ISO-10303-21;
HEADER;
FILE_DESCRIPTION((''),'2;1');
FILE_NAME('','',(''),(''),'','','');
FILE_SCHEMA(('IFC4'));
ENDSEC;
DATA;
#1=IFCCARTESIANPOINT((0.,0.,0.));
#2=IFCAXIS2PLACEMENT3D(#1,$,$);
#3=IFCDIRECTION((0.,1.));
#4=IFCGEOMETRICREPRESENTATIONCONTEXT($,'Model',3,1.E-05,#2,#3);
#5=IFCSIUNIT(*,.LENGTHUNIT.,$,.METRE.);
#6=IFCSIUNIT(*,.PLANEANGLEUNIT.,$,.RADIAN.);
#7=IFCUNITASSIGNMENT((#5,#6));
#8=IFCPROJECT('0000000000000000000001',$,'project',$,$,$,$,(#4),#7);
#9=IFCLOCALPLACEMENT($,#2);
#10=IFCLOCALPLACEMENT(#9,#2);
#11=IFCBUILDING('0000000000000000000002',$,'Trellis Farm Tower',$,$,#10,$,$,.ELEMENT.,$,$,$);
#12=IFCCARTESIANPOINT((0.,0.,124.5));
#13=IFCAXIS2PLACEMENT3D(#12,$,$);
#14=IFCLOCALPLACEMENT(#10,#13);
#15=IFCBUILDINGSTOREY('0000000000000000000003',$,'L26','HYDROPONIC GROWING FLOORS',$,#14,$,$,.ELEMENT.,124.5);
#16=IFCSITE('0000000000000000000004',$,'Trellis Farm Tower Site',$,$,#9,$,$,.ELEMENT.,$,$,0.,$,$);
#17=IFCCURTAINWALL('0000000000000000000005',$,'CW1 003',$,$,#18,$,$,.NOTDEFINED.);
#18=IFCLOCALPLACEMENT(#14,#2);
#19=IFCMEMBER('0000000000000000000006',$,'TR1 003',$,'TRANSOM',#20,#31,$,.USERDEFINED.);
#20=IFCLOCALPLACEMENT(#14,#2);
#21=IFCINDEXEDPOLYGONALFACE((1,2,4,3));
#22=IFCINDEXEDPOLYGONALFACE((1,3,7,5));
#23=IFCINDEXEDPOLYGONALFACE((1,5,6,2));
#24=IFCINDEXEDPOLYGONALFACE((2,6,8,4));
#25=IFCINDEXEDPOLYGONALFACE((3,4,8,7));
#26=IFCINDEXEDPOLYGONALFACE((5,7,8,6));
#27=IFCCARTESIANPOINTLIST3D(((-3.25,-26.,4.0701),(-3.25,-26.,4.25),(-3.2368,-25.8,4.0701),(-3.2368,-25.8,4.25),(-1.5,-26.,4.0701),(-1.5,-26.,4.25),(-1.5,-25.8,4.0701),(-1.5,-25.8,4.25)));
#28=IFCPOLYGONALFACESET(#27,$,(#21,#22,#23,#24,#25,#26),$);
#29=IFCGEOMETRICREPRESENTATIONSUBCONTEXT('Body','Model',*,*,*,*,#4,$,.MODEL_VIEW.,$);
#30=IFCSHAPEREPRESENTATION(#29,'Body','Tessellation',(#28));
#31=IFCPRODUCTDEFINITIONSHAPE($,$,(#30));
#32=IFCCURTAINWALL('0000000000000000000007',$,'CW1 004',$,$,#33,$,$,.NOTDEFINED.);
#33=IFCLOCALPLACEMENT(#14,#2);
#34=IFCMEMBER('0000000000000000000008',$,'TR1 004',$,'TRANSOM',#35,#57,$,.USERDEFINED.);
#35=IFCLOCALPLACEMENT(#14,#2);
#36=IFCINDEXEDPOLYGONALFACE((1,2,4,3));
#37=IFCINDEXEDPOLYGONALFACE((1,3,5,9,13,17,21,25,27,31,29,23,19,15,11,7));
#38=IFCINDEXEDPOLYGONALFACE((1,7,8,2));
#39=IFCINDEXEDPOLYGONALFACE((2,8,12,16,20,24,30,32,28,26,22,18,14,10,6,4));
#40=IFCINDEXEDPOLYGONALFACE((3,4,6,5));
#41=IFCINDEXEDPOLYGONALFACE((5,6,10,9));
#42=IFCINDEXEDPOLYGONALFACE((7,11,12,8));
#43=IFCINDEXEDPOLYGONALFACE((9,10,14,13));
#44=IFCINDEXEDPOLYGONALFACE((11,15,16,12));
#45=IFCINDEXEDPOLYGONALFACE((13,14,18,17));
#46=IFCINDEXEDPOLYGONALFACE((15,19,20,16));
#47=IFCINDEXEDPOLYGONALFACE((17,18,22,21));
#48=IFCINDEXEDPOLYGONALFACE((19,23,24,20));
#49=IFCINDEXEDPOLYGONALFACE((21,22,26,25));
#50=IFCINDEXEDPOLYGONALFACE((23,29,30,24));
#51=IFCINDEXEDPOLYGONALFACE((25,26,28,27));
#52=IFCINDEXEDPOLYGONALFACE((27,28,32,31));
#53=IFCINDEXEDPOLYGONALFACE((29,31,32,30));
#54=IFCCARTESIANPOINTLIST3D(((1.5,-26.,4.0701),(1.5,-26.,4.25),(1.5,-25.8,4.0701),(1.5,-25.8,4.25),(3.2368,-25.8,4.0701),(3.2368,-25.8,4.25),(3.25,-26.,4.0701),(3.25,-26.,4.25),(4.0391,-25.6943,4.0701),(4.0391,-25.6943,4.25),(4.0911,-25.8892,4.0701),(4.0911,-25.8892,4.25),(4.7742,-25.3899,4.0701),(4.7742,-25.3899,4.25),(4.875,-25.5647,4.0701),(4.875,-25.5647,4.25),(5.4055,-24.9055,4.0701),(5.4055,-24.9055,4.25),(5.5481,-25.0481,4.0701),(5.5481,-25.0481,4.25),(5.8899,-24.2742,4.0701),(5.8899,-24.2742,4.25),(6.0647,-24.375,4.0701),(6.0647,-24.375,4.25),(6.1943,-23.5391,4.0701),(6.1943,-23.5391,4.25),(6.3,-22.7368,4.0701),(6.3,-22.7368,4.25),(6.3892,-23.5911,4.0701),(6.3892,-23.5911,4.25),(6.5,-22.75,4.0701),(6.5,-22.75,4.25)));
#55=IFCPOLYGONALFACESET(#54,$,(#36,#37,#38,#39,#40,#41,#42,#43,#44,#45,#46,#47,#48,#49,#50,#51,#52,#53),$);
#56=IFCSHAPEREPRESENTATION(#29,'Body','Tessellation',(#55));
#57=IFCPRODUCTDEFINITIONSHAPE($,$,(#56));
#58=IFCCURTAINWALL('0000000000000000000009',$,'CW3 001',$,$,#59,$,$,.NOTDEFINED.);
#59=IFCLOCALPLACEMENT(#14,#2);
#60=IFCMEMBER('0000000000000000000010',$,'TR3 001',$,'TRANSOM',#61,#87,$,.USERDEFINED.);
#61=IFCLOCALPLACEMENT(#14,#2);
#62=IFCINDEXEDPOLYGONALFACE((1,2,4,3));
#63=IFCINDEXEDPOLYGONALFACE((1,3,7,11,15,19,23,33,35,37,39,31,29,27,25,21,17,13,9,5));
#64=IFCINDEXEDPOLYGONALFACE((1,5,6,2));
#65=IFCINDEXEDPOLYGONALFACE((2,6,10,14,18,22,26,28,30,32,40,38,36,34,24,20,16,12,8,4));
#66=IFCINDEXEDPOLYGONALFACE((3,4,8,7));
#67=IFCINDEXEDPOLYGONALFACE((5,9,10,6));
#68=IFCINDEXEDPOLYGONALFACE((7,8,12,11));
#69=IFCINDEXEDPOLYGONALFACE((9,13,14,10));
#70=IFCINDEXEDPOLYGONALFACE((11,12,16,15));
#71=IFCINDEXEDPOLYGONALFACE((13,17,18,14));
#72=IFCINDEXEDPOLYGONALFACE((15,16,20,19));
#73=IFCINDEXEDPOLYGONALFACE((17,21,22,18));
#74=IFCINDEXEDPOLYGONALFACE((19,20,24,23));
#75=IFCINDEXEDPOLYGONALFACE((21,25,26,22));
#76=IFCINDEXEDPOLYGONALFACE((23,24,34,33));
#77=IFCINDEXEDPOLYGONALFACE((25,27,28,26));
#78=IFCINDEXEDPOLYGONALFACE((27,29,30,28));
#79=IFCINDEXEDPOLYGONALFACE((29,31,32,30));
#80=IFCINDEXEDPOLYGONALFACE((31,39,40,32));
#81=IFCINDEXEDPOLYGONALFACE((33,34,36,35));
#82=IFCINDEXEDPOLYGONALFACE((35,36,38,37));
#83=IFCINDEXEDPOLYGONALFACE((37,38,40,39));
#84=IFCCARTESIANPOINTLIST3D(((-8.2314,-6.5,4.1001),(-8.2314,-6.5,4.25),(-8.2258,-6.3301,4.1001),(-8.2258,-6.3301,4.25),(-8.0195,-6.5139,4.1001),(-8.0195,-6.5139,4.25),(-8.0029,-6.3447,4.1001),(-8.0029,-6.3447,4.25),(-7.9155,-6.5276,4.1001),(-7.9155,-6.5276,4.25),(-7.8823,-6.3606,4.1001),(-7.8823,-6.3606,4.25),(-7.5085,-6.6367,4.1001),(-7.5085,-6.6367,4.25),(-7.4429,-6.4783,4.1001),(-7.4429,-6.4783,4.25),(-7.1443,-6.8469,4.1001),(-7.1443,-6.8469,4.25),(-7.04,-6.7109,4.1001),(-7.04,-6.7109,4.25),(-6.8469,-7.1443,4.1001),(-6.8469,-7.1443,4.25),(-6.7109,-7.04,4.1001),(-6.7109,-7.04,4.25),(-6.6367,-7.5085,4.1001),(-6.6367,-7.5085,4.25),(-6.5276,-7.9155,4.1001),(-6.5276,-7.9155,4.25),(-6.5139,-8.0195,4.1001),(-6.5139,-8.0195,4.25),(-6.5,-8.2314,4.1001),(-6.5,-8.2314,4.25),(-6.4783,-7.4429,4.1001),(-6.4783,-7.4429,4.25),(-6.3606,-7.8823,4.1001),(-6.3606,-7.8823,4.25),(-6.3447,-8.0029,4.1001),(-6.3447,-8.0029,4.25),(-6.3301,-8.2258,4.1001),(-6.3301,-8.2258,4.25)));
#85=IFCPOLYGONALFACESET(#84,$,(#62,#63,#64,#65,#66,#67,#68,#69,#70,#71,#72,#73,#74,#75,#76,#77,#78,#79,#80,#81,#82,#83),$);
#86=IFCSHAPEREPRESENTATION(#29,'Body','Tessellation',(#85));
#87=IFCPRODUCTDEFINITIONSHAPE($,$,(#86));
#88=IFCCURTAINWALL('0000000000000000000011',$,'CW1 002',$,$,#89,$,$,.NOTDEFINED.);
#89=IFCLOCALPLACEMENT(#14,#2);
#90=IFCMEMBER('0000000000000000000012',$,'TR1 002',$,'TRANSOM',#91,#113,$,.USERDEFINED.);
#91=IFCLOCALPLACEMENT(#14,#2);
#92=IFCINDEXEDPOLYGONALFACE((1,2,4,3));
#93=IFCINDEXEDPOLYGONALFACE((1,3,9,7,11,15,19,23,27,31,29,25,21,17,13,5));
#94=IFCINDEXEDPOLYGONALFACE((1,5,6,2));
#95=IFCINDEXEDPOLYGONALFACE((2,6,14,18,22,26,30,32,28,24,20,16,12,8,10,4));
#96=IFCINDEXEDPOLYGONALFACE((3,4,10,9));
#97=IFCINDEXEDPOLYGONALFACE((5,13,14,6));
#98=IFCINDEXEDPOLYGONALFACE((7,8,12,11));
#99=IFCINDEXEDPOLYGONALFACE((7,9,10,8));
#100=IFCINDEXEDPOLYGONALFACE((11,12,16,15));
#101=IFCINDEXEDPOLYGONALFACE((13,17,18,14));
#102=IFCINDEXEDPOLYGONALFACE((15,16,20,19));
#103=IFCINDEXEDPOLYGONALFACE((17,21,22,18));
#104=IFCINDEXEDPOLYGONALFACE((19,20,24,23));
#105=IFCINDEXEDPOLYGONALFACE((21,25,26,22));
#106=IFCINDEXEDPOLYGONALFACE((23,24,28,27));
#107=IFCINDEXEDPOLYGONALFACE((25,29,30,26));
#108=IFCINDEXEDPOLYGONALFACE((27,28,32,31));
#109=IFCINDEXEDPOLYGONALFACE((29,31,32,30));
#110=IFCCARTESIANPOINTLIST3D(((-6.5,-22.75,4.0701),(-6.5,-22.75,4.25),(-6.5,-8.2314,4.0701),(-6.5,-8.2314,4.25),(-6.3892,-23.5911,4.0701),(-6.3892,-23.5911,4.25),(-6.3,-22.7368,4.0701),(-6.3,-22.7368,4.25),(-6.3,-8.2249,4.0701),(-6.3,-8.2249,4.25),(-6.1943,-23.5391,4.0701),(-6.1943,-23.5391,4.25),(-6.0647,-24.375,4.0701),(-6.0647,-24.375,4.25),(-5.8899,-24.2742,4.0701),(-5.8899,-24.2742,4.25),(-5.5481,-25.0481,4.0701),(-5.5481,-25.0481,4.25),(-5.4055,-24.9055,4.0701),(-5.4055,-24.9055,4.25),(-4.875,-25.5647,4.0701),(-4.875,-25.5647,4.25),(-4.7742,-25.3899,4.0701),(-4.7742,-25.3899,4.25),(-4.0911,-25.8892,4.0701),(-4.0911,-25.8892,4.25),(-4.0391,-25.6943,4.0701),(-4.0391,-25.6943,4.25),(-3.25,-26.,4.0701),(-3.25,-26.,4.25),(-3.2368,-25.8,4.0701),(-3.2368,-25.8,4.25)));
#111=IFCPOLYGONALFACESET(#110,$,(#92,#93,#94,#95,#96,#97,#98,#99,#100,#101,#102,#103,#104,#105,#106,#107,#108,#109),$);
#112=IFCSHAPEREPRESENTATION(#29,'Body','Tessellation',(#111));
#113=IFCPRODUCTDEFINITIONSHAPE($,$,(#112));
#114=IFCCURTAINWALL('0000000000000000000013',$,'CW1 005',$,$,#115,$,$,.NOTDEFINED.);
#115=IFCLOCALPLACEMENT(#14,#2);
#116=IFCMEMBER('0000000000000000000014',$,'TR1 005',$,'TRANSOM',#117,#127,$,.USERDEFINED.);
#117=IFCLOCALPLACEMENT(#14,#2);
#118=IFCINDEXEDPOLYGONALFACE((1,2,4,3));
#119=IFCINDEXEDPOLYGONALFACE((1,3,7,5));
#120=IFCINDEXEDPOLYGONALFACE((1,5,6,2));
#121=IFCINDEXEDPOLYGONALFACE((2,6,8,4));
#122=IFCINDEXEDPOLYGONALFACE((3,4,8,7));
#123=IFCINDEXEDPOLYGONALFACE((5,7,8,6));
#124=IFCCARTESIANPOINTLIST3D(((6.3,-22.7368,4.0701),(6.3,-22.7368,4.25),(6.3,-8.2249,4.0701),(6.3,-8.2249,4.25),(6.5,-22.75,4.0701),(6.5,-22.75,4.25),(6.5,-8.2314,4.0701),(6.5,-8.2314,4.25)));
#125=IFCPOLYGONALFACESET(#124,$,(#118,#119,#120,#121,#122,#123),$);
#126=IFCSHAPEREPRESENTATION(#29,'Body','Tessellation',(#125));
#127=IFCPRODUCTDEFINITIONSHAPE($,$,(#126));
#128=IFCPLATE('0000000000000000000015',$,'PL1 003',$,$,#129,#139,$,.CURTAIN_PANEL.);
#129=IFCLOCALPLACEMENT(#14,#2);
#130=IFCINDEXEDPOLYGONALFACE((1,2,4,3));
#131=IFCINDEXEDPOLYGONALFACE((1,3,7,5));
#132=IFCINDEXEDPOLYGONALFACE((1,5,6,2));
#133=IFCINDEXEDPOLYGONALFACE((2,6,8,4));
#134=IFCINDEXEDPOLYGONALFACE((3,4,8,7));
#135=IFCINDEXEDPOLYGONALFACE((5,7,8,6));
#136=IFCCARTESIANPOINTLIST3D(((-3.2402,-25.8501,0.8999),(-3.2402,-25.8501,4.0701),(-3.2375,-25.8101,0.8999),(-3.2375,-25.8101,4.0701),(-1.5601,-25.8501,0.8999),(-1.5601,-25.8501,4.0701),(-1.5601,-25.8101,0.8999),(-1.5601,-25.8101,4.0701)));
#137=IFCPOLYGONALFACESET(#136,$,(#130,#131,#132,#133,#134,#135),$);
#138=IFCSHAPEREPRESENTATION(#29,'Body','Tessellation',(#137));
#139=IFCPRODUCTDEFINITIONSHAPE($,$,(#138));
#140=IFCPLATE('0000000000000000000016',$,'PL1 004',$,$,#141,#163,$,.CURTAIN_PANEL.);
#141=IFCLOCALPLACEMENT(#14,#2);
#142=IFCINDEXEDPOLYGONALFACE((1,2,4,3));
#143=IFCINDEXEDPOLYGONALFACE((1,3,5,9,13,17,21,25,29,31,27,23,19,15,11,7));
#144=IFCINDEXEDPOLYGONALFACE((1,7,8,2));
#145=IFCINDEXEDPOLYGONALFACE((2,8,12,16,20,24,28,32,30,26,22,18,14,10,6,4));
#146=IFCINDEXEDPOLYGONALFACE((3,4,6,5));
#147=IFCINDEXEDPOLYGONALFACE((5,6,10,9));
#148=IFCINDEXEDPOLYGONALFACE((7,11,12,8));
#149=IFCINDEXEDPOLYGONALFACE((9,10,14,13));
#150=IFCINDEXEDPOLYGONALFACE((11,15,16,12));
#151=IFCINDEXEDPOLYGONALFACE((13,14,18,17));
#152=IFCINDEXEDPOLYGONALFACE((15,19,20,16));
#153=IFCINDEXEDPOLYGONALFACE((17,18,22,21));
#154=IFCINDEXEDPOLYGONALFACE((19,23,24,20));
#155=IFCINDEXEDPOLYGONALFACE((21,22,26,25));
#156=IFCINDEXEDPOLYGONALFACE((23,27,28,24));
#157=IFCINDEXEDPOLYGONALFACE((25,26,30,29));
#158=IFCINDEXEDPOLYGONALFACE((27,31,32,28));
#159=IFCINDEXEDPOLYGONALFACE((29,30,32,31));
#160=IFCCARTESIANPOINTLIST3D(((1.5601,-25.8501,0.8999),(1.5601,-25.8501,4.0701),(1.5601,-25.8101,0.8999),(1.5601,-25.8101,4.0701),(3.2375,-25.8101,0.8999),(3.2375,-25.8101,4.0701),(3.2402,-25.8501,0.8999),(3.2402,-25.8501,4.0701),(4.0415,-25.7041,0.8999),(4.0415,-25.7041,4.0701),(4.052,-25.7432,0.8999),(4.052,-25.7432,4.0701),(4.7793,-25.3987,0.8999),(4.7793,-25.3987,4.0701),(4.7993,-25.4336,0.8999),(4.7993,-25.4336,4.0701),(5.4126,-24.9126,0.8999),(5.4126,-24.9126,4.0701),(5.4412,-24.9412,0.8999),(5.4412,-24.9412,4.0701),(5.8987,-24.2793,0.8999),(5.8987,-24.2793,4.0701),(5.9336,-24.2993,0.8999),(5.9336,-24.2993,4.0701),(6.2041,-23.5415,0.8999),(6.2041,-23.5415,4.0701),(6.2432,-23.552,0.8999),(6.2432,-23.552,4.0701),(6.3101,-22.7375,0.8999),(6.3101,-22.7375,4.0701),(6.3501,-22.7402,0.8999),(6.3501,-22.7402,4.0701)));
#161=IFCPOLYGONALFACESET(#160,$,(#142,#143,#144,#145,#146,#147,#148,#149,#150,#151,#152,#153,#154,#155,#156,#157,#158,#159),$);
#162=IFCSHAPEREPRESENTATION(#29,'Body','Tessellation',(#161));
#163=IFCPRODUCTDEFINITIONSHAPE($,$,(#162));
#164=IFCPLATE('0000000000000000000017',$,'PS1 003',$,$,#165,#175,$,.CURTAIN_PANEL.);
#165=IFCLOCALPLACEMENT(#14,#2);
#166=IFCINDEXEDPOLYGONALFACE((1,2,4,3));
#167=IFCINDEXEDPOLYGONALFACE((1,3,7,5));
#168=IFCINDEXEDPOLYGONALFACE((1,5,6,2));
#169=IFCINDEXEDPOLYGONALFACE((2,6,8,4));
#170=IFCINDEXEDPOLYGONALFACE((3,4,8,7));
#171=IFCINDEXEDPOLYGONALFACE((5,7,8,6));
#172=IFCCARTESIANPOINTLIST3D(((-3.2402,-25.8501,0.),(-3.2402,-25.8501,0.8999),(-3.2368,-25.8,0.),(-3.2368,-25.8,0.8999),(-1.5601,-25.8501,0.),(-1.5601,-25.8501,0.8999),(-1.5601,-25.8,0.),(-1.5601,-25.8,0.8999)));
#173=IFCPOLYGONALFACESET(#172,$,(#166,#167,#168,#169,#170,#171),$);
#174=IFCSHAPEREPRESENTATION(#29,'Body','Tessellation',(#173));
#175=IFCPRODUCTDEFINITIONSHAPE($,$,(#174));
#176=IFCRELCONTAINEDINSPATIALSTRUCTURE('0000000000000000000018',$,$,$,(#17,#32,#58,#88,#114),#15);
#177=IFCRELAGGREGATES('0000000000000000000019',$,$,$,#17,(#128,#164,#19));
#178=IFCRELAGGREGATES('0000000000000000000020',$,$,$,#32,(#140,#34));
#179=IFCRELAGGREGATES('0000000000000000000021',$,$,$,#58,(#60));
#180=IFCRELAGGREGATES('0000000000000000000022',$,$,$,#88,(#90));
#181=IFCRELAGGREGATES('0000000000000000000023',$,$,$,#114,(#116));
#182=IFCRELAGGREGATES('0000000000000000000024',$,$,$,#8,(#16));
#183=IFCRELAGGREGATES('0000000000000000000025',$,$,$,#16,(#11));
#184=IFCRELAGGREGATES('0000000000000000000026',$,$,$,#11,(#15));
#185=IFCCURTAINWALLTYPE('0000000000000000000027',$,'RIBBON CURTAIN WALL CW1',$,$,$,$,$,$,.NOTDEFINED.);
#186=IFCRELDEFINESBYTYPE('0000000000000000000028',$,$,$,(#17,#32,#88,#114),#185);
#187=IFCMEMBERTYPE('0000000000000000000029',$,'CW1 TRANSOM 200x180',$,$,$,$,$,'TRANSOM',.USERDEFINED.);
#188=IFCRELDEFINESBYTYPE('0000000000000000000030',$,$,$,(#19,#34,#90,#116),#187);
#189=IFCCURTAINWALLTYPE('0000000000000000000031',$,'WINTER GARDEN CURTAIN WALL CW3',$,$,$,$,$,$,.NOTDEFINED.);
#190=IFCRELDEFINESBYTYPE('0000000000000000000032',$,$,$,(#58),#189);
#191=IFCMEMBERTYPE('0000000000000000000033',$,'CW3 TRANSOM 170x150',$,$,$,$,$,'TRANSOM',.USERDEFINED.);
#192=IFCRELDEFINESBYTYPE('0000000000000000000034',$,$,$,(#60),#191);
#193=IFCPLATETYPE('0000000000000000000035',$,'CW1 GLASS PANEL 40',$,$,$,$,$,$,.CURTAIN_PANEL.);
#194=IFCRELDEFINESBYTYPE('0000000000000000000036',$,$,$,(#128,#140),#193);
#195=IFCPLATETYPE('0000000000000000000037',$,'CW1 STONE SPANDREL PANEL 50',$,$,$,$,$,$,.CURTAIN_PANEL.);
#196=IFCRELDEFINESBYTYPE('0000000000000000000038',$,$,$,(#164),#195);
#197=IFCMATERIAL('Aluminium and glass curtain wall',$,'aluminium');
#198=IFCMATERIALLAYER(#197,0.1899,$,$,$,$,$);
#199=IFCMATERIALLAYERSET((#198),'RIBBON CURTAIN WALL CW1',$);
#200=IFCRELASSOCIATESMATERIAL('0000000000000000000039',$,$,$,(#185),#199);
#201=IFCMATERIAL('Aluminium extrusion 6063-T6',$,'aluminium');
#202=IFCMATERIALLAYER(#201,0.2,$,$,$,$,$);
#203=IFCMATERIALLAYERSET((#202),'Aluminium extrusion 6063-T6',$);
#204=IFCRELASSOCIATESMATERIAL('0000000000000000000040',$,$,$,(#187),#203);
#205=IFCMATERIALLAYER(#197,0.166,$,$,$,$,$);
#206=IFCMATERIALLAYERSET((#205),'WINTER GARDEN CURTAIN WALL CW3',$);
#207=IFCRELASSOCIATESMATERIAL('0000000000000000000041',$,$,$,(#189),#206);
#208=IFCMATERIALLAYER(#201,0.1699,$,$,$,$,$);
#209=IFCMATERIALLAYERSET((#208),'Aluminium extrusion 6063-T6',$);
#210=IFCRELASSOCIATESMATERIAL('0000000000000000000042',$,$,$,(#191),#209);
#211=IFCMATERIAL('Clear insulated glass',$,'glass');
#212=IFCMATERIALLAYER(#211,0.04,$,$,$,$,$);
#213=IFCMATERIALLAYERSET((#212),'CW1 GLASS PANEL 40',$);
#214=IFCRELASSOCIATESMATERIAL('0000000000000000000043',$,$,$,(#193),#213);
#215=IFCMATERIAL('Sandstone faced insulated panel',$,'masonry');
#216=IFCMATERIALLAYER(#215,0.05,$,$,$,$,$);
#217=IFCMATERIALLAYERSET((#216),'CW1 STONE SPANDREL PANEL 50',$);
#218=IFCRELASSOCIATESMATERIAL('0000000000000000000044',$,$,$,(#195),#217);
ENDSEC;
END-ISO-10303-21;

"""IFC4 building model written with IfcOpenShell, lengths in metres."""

from ifc_helpers import new_model, si_unit, direction, frame, origin, place, context, subcontext, project, spatial, polyline, outline, extrude, source, transform, mapped, material, layer, layer_set, type_object, element, aggregate, save


model = new_model("IFC4")

# Units and contexts
model_context = context("Model", 3, precision=1e-05, world=origin(), true_north=direction((0.0, 1.0)))
body_context = subcontext(model_context, "Body", "Model", "MODEL_VIEW")
ifc_project = project(units=[si_unit("LENGTHUNIT", "METRE"), si_unit("PLANEANGLEUNIT", "RADIAN")], contexts=[model_context])

# Site, building, storey
site_placement = place(None, origin())
site = spatial("IfcSite", under=ifc_project, at=site_placement, Name="Trellis Farm Tower Site", CompositionType="ELEMENT", RefElevation=0.0)
building_placement = place(site_placement, origin())
building = spatial("IfcBuilding", under=site, at=building_placement, Name="Trellis Farm Tower", CompositionType="ELEMENT")
storey_placement = place(building_placement, frame((0.0, 0.0, 124.5)))
storey = spatial("IfcBuildingStorey", under=building, at=storey_placement, Name="L26", Description="HYDROPONIC GROWING FLOORS", CompositionType="ELEMENT", Elevation=124.5)

# Curtain walls, members
ifc_material_1 = material(Name="Aluminium and glass curtain wall", Category="aluminium")
ifc_layer_1 = layer(ifc_material_1, 0.1899)
ifc_layer_set_1 = layer_set([ifc_layer_1], Name="RIBBON CURTAIN WALL CW1")
curtain_wall_type_1 = type_object("IfcCurtainWallType", Name="RIBBON CURTAIN WALL CW1", PredefinedType="NOTDEFINED", material=ifc_layer_set_1)
placement_1 = place(storey_placement, origin())
curtain_wall_1 = element("IfcCurtainWall", 1, at=placement_1, inside=storey, type_object=curtain_wall_type_1, Name="CW1 003", PredefinedType="NOTDEFINED")
ifc_material_2 = material(Name="Aluminium extrusion 6063-T6", Category="aluminium")
ifc_layer_2 = layer(ifc_material_2, 0.2)
ifc_layer_set_2 = layer_set([ifc_layer_2], Name="Aluminium extrusion 6063-T6")
member_type_1 = type_object("IfcMemberType", Name="CW1 TRANSOM 200x180", ElementType="TRANSOM", PredefinedType="USERDEFINED", material=ifc_layer_set_2)
placement_2 = place(storey_placement, frame((0.0, 0.0, 4.0701)))
member_1 = element("IfcMember", 2, at=placement_2, type_object=member_type_1, Name="TR1 003", ObjectType="TRANSOM", PredefinedType="USERDEFINED", context=body_context, shape_type="SweptSolid", body=[
    extrude(outline(polyline([(-3.25, -26.0), (-1.5, -26.0), (-1.5, -25.8), (-3.2368, -25.8), (-3.25, -26.0)])), origin(), (0.0, 0.0, 1.0), 0.1799),
])
curtain_wall_2 = element("IfcCurtainWall", 3, at=placement_1, inside=storey, type_object=curtain_wall_type_1, Name="CW1 004", PredefinedType="NOTDEFINED")
member_2 = element("IfcMember", 4, at=placement_2, type_object=member_type_1, Name="TR1 004", ObjectType="TRANSOM", PredefinedType="USERDEFINED", context=body_context, shape_type="SweptSolid", body=[
    extrude(outline(polyline([(1.5, -26.0), (3.25, -26.0), (4.0911, -25.8892), (4.875, -25.5647), (5.5481, -25.0481), (6.0647, -24.375), (6.3892, -23.5911), (6.5, -22.75), (6.3, -22.7368), (6.1943, -23.5391), (5.8899, -24.2742), (5.4055, -24.9055), (4.7742, -25.3899), (4.0391, -25.6943), (3.2368, -25.8), (1.5, -25.8), (1.5, -26.0)])), origin(), (0.0, 0.0, 1.0), 0.1799),
])
ifc_layer_3 = layer(ifc_material_1, 0.166)
ifc_layer_set_3 = layer_set([ifc_layer_3], Name="WINTER GARDEN CURTAIN WALL CW3")
curtain_wall_type_2 = type_object("IfcCurtainWallType", Name="WINTER GARDEN CURTAIN WALL CW3", PredefinedType="NOTDEFINED", material=ifc_layer_set_3)
curtain_wall_3 = element("IfcCurtainWall", 5, at=placement_1, inside=storey, type_object=curtain_wall_type_2, Name="CW3 001", PredefinedType="NOTDEFINED")
ifc_layer_4 = layer(ifc_material_2, 0.1699)
ifc_layer_set_4 = layer_set([ifc_layer_4], Name="Aluminium extrusion 6063-T6")
member_type_2 = type_object("IfcMemberType", Name="CW3 TRANSOM 170x150", ElementType="TRANSOM", PredefinedType="USERDEFINED", material=ifc_layer_set_4)
shared_shape_1 = source(origin(), body_context, "Body", "SweptSolid", [
    extrude(outline(polyline([(-8.2314, -6.5), (-8.0195, -6.5139), (-7.9155, -6.5276), (-7.5085, -6.6367), (-7.1443, -6.8469), (-6.8469, -7.1443), (-6.6367, -7.5085), (-6.5276, -7.9155), (-6.5139, -8.0195), (-6.5, -8.2314), (-6.3301, -8.2258), (-6.3447, -8.0029), (-6.3606, -7.8823), (-6.4783, -7.4429), (-6.7109, -7.04), (-7.04, -6.7109), (-7.4429, -6.4783), (-7.8823, -6.3606), (-8.0029, -6.3447), (-8.2258, -6.3301), (-8.2314, -6.5)])), origin(), (0.0, 0.0, 1.0), 0.1499),
])
member_3_placement = place(storey_placement, frame((0.0, 0.0, 4.1001)))
member_3 = element("IfcMember", 6, at=member_3_placement, type_object=member_type_2, Name="TR3 001", ObjectType="TRANSOM", PredefinedType="USERDEFINED", context=body_context, shape_type="MappedRepresentation", body=[
    mapped(shared_shape_1, transform((0.0, 0.0, 0.0))),
])
curtain_wall_4 = element("IfcCurtainWall", 7, at=placement_1, inside=storey, type_object=curtain_wall_type_1, Name="CW1 002", PredefinedType="NOTDEFINED")
shared_shape_2 = source(origin(), body_context, "Body", "SweptSolid", [
    extrude(outline(polyline([(-6.5, -8.2314), (-6.5, -22.75), (-6.3892, -23.5911), (-6.0647, -24.375), (-5.5481, -25.0481), (-4.875, -25.5647), (-4.0911, -25.8892), (-3.25, -26.0), (-3.2368, -25.8), (-4.0391, -25.6943), (-4.7742, -25.3899), (-5.4055, -24.9055), (-5.8899, -24.2742), (-6.1943, -23.5391), (-6.3, -22.7368), (-6.3, -8.2249), (-6.5, -8.2314)])), origin(), (0.0, 0.0, 1.0), 0.1799),
])
member_4 = element("IfcMember", 8, at=placement_2, type_object=member_type_1, Name="TR1 002", ObjectType="TRANSOM", PredefinedType="USERDEFINED", context=body_context, shape_type="MappedRepresentation", body=[
    mapped(shared_shape_2, transform((0.0, 0.0, 0.0))),
])
curtain_wall_5 = element("IfcCurtainWall", 9, at=placement_1, inside=storey, type_object=curtain_wall_type_1, Name="CW1 005", PredefinedType="NOTDEFINED")
shared_shape_3 = source(origin(), body_context, "Body", "SweptSolid", [
    extrude(outline(polyline([(6.5, -22.75), (6.5, -8.2314), (6.3, -8.2249), (6.3, -22.7368), (6.5, -22.75)])), origin(), (0.0, 0.0, 1.0), 0.1799),
])
member_5 = element("IfcMember", 10, at=placement_2, type_object=member_type_1, Name="TR1 005", ObjectType="TRANSOM", PredefinedType="USERDEFINED", context=body_context, shape_type="MappedRepresentation", body=[
    mapped(shared_shape_3, transform((0.0, 0.0, 0.0))),
])

# Plates
ifc_material_3 = material(Name="Clear insulated glass", Category="glass")
ifc_layer_5 = layer(ifc_material_3, 0.04)
ifc_layer_set_5 = layer_set([ifc_layer_5], Name="CW1 GLASS PANEL 40")
plate_type_1 = type_object("IfcPlateType", Name="CW1 GLASS PANEL 40", PredefinedType="CURTAIN_PANEL", material=ifc_layer_set_5)
placement_3 = place(storey_placement, frame((0.0, 0.0, 0.8999)))
plate_1 = element("IfcPlate", 11, at=placement_3, type_object=plate_type_1, Name="PL1 003", PredefinedType="CURTAIN_PANEL", context=body_context, shape_type="SweptSolid", body=[
    extrude(outline(polyline([(-3.2402, -25.8501), (-1.5601, -25.8501), (-1.5601, -25.8101), (-3.2375, -25.8101), (-3.2402, -25.8501)])), origin(), (0.0, 0.0, 1.0), 3.1702),
])
plate_2 = element("IfcPlate", 12, at=placement_3, type_object=plate_type_1, Name="PL1 004", PredefinedType="CURTAIN_PANEL", context=body_context, shape_type="SweptSolid", body=[
    extrude(outline(polyline([(1.5601, -25.8501), (3.2402, -25.8501), (4.052, -25.7432), (4.7993, -25.4336), (5.4412, -24.9412), (5.9336, -24.2993), (6.2432, -23.552), (6.3501, -22.7402), (6.3101, -22.7375), (6.2041, -23.5415), (5.8987, -24.2793), (5.4126, -24.9126), (4.7793, -25.3987), (4.0415, -25.7041), (3.2375, -25.8101), (1.5601, -25.8101), (1.5601, -25.8501)])), origin(), (0.0, 0.0, 1.0), 3.1702),
])
ifc_material_4 = material(Name="Sandstone faced insulated panel", Category="masonry")
ifc_layer_6 = layer(ifc_material_4, 0.05)
ifc_layer_set_6 = layer_set([ifc_layer_6], Name="CW1 STONE SPANDREL PANEL 50")
plate_type_2 = type_object("IfcPlateType", Name="CW1 STONE SPANDREL PANEL 50", PredefinedType="CURTAIN_PANEL", material=ifc_layer_set_6)
plate_3 = element("IfcPlate", 13, at=placement_1, type_object=plate_type_2, Name="PS1 003", PredefinedType="CURTAIN_PANEL", context=body_context, shape_type="SweptSolid", body=[
    extrude(outline(polyline([(-3.2402, -25.8501), (-1.5601, -25.8501), (-1.5601, -25.8), (-3.2368, -25.8), (-3.2402, -25.8501)])), origin(), (0.0, 0.0, 1.0), 0.8999),
])
aggregate(curtain_wall_1, [plate_1, plate_3, member_1])
aggregate(curtain_wall_2, [plate_2, member_2])
aggregate(curtain_wall_3, [member_3])
aggregate(curtain_wall_4, [member_4])
aggregate(curtain_wall_5, [member_5])

save(model, "model.ifc")
